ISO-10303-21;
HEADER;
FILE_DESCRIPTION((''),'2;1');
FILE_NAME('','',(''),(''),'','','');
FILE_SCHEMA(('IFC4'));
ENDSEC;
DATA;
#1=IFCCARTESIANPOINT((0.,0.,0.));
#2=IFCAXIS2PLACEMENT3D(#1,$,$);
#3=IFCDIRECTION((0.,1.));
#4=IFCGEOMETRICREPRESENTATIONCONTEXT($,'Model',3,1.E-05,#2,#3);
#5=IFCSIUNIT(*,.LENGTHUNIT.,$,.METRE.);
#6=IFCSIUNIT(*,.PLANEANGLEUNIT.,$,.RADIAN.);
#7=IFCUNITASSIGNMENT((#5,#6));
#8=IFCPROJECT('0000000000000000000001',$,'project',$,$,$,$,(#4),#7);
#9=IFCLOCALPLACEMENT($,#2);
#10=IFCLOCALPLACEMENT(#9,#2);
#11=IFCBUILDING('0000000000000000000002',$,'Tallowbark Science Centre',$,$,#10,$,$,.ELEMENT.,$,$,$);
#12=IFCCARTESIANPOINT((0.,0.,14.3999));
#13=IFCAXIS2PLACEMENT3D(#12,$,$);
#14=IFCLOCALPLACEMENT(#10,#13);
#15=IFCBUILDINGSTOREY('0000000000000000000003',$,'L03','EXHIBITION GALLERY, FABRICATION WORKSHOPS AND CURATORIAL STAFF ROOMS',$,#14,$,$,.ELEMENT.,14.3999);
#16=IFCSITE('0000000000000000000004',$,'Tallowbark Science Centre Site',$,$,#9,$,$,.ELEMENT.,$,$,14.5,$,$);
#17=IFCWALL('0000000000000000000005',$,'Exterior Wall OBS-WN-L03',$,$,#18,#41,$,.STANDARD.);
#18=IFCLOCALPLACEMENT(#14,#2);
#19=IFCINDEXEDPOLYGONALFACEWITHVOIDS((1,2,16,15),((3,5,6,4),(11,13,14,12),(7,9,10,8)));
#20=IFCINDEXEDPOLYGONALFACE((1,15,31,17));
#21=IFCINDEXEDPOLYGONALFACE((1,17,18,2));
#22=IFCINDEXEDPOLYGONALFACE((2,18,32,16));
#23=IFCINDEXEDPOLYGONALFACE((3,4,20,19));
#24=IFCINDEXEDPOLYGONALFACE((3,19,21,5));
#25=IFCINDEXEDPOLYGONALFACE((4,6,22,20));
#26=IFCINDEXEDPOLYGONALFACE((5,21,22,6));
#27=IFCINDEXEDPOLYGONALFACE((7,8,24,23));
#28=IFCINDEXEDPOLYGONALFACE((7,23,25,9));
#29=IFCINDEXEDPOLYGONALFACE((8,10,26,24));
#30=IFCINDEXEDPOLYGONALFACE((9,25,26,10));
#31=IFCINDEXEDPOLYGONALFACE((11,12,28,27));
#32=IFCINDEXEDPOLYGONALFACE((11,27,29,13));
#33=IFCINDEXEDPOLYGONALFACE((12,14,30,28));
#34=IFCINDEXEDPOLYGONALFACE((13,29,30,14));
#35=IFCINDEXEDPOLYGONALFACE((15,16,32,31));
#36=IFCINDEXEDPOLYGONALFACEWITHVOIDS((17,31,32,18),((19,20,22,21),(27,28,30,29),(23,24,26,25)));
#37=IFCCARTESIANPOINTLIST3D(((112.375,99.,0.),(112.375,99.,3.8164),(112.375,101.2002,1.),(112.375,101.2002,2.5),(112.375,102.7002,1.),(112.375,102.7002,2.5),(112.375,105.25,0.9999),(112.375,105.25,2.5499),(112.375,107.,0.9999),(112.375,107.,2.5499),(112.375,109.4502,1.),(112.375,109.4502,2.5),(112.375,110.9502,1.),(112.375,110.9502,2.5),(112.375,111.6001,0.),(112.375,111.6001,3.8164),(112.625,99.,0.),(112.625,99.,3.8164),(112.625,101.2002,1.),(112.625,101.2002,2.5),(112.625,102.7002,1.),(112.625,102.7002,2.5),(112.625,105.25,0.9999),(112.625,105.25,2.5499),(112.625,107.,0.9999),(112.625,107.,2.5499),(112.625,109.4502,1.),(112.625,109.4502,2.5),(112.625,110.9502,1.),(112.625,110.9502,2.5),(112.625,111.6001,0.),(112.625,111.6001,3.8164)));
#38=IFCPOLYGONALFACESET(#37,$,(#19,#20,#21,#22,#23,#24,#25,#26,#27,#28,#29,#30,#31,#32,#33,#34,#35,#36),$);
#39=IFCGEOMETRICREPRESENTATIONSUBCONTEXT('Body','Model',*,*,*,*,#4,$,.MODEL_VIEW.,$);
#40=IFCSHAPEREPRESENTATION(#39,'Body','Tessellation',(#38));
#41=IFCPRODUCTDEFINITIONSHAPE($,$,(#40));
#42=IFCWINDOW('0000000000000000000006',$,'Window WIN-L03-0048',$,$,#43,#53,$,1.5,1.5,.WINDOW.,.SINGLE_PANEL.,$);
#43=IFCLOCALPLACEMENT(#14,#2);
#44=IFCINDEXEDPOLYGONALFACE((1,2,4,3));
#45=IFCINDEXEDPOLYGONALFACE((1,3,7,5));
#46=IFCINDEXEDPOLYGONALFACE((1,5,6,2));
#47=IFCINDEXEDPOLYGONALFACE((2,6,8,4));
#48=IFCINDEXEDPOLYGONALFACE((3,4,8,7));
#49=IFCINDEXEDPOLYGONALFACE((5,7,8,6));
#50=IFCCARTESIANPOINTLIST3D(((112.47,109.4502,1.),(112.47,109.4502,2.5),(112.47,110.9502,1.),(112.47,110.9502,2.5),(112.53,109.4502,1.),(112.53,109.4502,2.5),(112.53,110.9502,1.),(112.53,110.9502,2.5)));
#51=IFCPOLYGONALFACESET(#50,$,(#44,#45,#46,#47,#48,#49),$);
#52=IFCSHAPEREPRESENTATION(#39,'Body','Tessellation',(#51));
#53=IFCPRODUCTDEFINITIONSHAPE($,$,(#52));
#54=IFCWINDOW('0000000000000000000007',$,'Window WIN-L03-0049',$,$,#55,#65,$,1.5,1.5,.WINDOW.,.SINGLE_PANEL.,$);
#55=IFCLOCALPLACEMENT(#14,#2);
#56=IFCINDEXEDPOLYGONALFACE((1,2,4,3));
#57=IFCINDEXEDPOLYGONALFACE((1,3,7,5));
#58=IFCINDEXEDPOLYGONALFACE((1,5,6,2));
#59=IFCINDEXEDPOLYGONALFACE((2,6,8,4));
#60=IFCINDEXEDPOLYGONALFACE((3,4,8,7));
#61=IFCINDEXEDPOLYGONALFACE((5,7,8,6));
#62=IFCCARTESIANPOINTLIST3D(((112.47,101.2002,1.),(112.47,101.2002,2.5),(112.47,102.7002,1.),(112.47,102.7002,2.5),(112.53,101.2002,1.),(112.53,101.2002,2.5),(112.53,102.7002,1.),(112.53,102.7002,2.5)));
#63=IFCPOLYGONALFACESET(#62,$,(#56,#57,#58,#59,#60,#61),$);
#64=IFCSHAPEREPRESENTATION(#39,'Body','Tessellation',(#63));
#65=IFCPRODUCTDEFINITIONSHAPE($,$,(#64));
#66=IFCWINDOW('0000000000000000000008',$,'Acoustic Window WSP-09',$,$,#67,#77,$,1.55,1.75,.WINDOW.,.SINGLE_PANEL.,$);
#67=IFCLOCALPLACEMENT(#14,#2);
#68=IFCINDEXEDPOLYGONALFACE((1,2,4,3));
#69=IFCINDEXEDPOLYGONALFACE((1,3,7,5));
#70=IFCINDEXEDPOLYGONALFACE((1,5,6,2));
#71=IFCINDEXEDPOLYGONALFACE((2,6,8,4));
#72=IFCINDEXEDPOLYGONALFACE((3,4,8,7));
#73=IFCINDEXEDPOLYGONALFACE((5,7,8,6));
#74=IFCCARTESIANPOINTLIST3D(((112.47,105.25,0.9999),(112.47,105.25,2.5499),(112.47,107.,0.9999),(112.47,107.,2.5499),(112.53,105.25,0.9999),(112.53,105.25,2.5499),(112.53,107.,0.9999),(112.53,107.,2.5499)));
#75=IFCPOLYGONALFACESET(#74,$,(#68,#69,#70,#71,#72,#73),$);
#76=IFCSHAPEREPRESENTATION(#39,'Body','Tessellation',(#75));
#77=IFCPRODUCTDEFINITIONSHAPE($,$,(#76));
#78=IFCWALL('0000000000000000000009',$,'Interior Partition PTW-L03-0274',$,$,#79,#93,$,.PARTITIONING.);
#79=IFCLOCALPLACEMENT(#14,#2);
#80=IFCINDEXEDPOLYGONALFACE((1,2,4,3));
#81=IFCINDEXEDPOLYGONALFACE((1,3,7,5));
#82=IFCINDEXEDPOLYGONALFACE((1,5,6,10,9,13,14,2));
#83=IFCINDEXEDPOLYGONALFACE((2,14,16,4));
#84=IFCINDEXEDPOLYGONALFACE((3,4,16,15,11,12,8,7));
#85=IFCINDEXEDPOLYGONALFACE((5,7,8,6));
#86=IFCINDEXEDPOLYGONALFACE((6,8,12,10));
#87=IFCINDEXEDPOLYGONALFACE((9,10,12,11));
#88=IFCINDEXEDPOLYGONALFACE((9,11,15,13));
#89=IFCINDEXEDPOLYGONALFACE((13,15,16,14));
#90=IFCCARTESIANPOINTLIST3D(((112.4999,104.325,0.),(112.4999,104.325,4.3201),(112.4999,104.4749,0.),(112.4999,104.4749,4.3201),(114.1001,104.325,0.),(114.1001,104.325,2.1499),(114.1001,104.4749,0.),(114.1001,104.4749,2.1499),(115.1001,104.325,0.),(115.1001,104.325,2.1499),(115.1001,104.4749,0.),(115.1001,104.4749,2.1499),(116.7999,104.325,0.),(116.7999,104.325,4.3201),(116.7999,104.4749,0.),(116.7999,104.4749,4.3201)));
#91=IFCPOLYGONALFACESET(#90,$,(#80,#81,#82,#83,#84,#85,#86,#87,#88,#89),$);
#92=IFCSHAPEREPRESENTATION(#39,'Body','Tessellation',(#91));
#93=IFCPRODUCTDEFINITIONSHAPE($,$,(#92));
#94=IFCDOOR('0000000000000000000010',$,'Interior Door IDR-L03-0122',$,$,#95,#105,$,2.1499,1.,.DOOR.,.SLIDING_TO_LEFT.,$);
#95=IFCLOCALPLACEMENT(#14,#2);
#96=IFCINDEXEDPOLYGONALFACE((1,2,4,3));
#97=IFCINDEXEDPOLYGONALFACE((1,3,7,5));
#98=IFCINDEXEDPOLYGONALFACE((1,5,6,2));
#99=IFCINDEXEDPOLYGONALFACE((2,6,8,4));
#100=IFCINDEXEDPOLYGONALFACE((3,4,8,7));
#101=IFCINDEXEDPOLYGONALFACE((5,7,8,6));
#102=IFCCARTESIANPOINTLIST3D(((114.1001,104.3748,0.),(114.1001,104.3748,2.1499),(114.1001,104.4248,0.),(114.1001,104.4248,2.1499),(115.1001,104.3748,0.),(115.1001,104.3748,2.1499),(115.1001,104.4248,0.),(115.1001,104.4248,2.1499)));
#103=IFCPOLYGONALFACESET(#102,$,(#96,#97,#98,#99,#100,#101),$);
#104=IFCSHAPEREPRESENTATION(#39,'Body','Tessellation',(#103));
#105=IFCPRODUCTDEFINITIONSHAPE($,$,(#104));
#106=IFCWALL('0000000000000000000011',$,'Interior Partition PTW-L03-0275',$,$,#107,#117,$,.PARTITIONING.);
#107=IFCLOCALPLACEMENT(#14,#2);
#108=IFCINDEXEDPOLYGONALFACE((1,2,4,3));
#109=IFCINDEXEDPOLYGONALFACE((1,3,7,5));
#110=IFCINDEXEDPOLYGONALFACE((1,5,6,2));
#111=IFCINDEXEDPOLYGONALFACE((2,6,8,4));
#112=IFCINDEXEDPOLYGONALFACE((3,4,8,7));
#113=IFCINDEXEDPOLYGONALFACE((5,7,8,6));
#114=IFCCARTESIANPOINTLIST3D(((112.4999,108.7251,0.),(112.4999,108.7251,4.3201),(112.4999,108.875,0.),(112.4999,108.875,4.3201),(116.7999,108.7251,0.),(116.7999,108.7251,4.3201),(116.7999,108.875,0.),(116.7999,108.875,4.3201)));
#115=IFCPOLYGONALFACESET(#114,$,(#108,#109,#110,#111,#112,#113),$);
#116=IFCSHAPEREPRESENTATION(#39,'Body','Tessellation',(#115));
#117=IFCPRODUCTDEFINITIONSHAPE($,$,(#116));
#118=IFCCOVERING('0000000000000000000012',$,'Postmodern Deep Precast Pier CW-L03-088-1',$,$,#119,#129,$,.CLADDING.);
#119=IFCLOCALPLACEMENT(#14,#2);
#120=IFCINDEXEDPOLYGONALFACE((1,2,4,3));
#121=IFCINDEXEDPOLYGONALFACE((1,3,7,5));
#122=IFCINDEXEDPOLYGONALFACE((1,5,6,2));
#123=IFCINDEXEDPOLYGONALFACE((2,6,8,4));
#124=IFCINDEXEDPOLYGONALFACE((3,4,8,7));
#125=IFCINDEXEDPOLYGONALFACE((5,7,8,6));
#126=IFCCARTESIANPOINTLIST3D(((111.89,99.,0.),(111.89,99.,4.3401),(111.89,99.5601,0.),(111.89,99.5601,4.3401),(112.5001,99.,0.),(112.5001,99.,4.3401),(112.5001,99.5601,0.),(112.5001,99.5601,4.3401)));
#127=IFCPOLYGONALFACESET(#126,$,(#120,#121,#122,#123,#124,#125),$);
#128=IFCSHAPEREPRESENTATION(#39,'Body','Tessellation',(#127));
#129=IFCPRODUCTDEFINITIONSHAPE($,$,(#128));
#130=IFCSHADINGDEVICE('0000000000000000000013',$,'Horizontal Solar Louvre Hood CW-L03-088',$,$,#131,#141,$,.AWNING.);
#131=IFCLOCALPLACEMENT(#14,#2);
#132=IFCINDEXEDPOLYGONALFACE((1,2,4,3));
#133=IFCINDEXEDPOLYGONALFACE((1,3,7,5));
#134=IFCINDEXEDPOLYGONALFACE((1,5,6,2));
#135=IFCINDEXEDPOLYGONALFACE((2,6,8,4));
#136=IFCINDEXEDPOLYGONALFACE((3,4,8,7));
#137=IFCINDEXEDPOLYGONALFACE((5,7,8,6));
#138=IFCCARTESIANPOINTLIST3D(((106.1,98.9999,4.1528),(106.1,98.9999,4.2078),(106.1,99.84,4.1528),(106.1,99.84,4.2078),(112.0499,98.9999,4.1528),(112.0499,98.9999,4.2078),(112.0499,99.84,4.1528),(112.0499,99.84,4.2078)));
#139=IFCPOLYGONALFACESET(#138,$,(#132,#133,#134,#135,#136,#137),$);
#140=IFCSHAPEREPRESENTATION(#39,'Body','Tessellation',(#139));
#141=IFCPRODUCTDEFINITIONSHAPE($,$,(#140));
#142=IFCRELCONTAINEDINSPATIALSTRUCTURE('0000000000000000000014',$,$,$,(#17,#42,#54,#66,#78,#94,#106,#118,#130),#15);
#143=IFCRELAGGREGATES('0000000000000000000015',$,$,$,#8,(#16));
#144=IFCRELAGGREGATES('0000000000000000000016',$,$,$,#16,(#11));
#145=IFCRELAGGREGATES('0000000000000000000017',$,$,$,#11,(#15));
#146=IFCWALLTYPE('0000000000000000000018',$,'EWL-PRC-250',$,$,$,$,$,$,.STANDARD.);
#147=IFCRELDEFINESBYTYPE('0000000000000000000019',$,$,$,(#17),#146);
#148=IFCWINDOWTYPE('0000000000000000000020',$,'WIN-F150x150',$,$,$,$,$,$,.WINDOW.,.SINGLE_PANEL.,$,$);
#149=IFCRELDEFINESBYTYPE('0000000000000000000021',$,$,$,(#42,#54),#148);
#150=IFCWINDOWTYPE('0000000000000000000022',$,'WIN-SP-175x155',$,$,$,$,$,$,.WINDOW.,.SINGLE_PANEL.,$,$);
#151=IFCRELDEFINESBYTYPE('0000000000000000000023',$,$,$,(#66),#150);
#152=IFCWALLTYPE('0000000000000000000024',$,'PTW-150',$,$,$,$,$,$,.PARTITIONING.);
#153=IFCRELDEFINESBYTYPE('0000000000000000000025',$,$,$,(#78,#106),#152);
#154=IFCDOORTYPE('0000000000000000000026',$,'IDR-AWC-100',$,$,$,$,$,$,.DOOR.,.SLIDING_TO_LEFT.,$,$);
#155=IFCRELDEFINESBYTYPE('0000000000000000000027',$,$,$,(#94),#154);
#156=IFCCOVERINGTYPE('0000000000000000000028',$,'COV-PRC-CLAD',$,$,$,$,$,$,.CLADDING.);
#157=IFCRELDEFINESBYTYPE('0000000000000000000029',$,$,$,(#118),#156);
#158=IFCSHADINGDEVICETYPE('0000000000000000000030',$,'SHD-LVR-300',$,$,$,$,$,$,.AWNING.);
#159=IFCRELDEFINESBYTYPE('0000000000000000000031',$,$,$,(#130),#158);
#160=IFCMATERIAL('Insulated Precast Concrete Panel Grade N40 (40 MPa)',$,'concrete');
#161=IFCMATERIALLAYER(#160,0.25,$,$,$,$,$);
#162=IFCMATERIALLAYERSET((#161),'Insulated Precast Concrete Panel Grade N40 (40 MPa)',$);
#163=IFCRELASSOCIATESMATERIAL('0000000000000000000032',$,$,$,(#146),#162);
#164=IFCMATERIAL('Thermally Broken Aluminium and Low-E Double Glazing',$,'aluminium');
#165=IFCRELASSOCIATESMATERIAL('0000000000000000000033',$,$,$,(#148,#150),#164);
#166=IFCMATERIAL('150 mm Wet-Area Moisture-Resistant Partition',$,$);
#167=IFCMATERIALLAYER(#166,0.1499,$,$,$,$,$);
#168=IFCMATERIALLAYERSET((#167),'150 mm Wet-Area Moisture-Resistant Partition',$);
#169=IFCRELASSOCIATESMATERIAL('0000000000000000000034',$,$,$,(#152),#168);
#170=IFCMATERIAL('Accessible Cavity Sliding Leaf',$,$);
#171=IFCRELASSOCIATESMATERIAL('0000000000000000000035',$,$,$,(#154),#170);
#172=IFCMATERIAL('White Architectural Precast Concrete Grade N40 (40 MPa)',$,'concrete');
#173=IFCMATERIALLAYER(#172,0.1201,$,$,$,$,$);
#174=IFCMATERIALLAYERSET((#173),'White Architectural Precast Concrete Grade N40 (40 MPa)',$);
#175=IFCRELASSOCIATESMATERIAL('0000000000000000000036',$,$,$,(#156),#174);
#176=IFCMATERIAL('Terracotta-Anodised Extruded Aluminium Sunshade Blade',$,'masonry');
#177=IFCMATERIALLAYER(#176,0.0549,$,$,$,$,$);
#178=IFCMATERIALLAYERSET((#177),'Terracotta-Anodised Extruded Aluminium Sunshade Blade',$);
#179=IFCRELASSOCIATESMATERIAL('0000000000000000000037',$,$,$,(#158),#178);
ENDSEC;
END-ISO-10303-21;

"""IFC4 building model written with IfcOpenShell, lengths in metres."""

from ifc_helpers import new_model, si_unit, direction, frame, frame_2d, origin, origin_2d, place, context, subcontext, project, spatial, rectangle, extrude, material, layer, layer_set, type_object, element, fill, save


model = new_model("IFC4")

# Units and contexts
model_context = context("Model", 3, precision=1e-05, world=origin(), true_north=direction((0.0, 1.0)))
body_context = subcontext(model_context, "Body", "Model", "MODEL_VIEW")
ifc_project = project(units=[si_unit("LENGTHUNIT", "METRE"), si_unit("PLANEANGLEUNIT", "RADIAN")], contexts=[model_context])

# Site, building, storey
site_placement = place(None, origin())
site = spatial("IfcSite", under=ifc_project, at=site_placement, Name="Tallowbark Science Centre Site", CompositionType="ELEMENT", RefElevation=14.5)
building_placement = place(site_placement, origin())
building = spatial("IfcBuilding", under=site, at=building_placement, Name="Tallowbark Science Centre", CompositionType="ELEMENT")
storey_placement = place(building_placement, frame((0.0, 0.0, 14.3999)))
storey = spatial("IfcBuildingStorey", under=building, at=storey_placement, Name="L03", Description="EXHIBITION GALLERY, FABRICATION WORKSHOPS AND CURATORIAL STAFF ROOMS", CompositionType="ELEMENT", Elevation=14.3999)

# Wall, openings, windows
ifc_material_1 = material(Name="Insulated Precast Concrete Panel Grade N40 (40 MPa)", Category="concrete")
ifc_layer_1 = layer(ifc_material_1, 0.25)
ifc_layer_set_1 = layer_set([ifc_layer_1], Name="Insulated Precast Concrete Panel Grade N40 (40 MPa)")
wall_type_1 = type_object("IfcWallType", Name="EWL-PRC-250", PredefinedType="STANDARD", material=ifc_layer_set_1)
wall_1_placement = place(storey_placement, frame((112.5, 111.6001, 0.0), z_axis=(0.0, 0.0, 1.0), x_axis=(0.0, -1.0, 0.0)))
wall_1 = element("IfcWall", 1, at=wall_1_placement, inside=storey, type_object=wall_type_1, Name="Exterior Wall OBS-WN-L03", PredefinedType="STANDARD", context=body_context, shape_type="SweptSolid", body=[
    extrude(rectangle(XDim=12.6001, YDim=0.25, at=frame_2d((6.3, 0.0))), origin(), (0.0, 0.0, 1.0), 3.8164),
])
opening_1_placement = place(wall_1_placement, frame((0.6499, 0.0, 1.0)))
opening_1 = element("IfcOpeningElement", 2, at=opening_1_placement, cuts=wall_1, PredefinedType="OPENING", context=body_context, shape_type="SweptSolid", body=[
    extrude(rectangle(XDim=1.5, YDim=1.5, at=frame_2d((0.75, 0.75))), frame((0.0, 0.135, 0.0), z_axis=(0.0, -1.0, 0.0), x_axis=(1.0, 0.0, 0.0)), (0.0, 0.0, 1.0), 0.27),
])
opening_2_placement = place(wall_1_placement, frame((8.8999, 0.0, 1.0)))
opening_2 = element("IfcOpeningElement", 3, at=opening_2_placement, cuts=wall_1, PredefinedType="OPENING", context=body_context, shape_type="SweptSolid", body=[
    extrude(rectangle(XDim=1.5, YDim=1.5, at=frame_2d((0.75, 0.75))), frame((0.0, 0.135, 0.0), z_axis=(0.0, -1.0, 0.0), x_axis=(1.0, 0.0, 0.0)), (0.0, 0.0, 1.0), 0.27),
])
opening_3_placement = place(wall_1_placement, frame((4.6001, 0.0, 1.0)))
opening_3 = element("IfcOpeningElement", 4, at=opening_3_placement, cuts=wall_1, PredefinedType="OPENING", context=body_context, shape_type="SweptSolid", body=[
    extrude(rectangle(XDim=1.75, YDim=1.55, at=frame_2d((0.875, 0.7749))), frame((0.0, 0.135, 0.0), z_axis=(0.0, -1.0, 0.0), x_axis=(1.0, 0.0, 0.0)), (0.0, 0.0, 1.0), 0.27),
])
ifc_material_2 = material(Name="Thermally Broken Aluminium and Low-E Double Glazing", Category="aluminium")
window_type_1 = type_object("IfcWindowType", Name="WIN-F150x150", PartitioningType="SINGLE_PANEL", PredefinedType="WINDOW", material=ifc_material_2)
window_1_placement = place(opening_1_placement, origin())
window_1 = element("IfcWindow", 5, at=window_1_placement, inside=storey, type_object=window_type_1, Name="Window WIN-L03-0048", OverallHeight=1.5, OverallWidth=1.5, PartitioningType="SINGLE_PANEL", PredefinedType="WINDOW", context=body_context, shape_type="SweptSolid", body=[
    extrude(rectangle(XDim=1.5, YDim=1.5, at=frame_2d((0.75, 0.75))), frame((0.0, 0.03, 0.0), z_axis=(0.0, -1.0, 0.0), x_axis=(1.0, 0.0, 0.0)), (0.0, 0.0, 1.0), 0.0601),
])
fill(opening_1, window_1)
window_2_placement = place(opening_2_placement, origin())
window_2 = element("IfcWindow", 6, at=window_2_placement, inside=storey, type_object=window_type_1, Name="Window WIN-L03-0049", OverallHeight=1.5, OverallWidth=1.5, PartitioningType="SINGLE_PANEL", PredefinedType="WINDOW", context=body_context, shape_type="SweptSolid", body=[
    extrude(rectangle(XDim=1.5, YDim=1.5, at=frame_2d((0.75, 0.75))), frame((0.0, 0.03, 0.0), z_axis=(0.0, -1.0, 0.0), x_axis=(1.0, 0.0, 0.0)), (0.0, 0.0, 1.0), 0.0601),
])
fill(opening_2, window_2)
window_type_2 = type_object("IfcWindowType", Name="WIN-SP-175x155", PartitioningType="SINGLE_PANEL", PredefinedType="WINDOW", material=ifc_material_2)
window_3_placement = place(opening_3_placement, origin())
window_3 = element("IfcWindow", 7, at=window_3_placement, inside=storey, type_object=window_type_2, Name="Acoustic Window WSP-09", OverallHeight=1.55, OverallWidth=1.75, PartitioningType="SINGLE_PANEL", PredefinedType="WINDOW", context=body_context, shape_type="SweptSolid", body=[
    extrude(rectangle(XDim=1.75, YDim=1.55, at=frame_2d((0.875, 0.7749))), frame((0.0, 0.03, 0.0), z_axis=(0.0, -1.0, 0.0), x_axis=(1.0, 0.0, 0.0)), (0.0, 0.0, 1.0), 0.0601),
])
fill(opening_3, window_3)

# Wall, opening, door
ifc_material_3 = material(Name="150 mm Wet-Area Moisture-Resistant Partition")
ifc_layer_2 = layer(ifc_material_3, 0.1499)
ifc_layer_set_2 = layer_set([ifc_layer_2], Name="150 mm Wet-Area Moisture-Resistant Partition")
wall_type_2 = type_object("IfcWallType", Name="PTW-150", PredefinedType="PARTITIONING", material=ifc_layer_set_2)
wall_2_placement = place(storey_placement, frame((112.5, 104.3999, 0.0), z_axis=(0.0, 0.0, 1.0), x_axis=(1.0, 0.0, 0.0)))
wall_2 = element("IfcWall", 8, at=wall_2_placement, inside=storey, type_object=wall_type_2, Name="Interior Partition PTW-L03-0274", PredefinedType="PARTITIONING", context=body_context, shape_type="SweptSolid", body=[
    extrude(rectangle(XDim=4.3, YDim=0.1499, at=frame_2d((2.1499, 0.0))), origin(), (0.0, 0.0, 1.0), 4.3201),
])
opening_4_placement = place(wall_2_placement, frame((1.6001, 0.0, 0.0)))
opening_4 = element("IfcOpeningElement", 9, at=opening_4_placement, cuts=wall_2, PredefinedType="OPENING", context=body_context, shape_type="SweptSolid", body=[
    extrude(rectangle(XDim=1.0, YDim=2.1499, at=frame_2d((0.5, 1.075))), frame((0.0, 0.085, 0.0), z_axis=(0.0, -1.0, 0.0), x_axis=(1.0, 0.0, 0.0)), (0.0, 0.0, 1.0), 0.1699),
])
ifc_material_4 = material(Name="Accessible Cavity Sliding Leaf")
door_type = type_object("IfcDoorType", Name="IDR-AWC-100", OperationType="SLIDING_TO_LEFT", PredefinedType="DOOR", material=ifc_material_4)
door_placement = place(opening_4_placement, origin())
door = element("IfcDoor", 10, at=door_placement, inside=storey, type_object=door_type, Name="Interior Door IDR-L03-0122", OperationType="SLIDING_TO_LEFT", OverallHeight=2.1499, OverallWidth=1.0, PredefinedType="DOOR", context=body_context, shape_type="SweptSolid", body=[
    extrude(rectangle(XDim=1.0, YDim=2.1499, at=frame_2d((0.5, 1.075))), frame((0.0, 0.0249, 0.0), z_axis=(0.0, -1.0, 0.0), x_axis=(1.0, 0.0, 0.0)), (0.0, 0.0, 1.0), 0.05),
])
fill(opening_4, door)

# Wall
wall_3_placement = place(storey_placement, frame((112.5, 108.8, 0.0), z_axis=(0.0, 0.0, 1.0), x_axis=(1.0, 0.0, 0.0)))
element("IfcWall", 11, at=wall_3_placement, inside=storey, type_object=wall_type_2, Name="Interior Partition PTW-L03-0275", PredefinedType="PARTITIONING", context=body_context, shape_type="SweptSolid", body=[
    extrude(rectangle(XDim=4.3, YDim=0.1499, at=frame_2d((2.1499, 0.0))), origin(), (0.0, 0.0, 1.0), 4.3201),
])

# Covering
ifc_material_5 = material(Name="White Architectural Precast Concrete Grade N40 (40 MPa)", Category="concrete")
ifc_layer_3 = layer(ifc_material_5, 0.1201)
ifc_layer_set_3 = layer_set([ifc_layer_3], Name="White Architectural Precast Concrete Grade N40 (40 MPa)")
covering_type = type_object("IfcCoveringType", Name="COV-PRC-CLAD", PredefinedType="CLADDING", material=ifc_layer_set_3)
covering_placement = place(storey_placement, frame((112.1951, 99.28, 0.0), z_axis=(0.0, 0.0, 1.0), x_axis=(-1.0, 0.0, 0.0)))
element("IfcCovering", 12, at=covering_placement, inside=storey, type_object=covering_type, Name="Postmodern Deep Precast Pier CW-L03-088-1", PredefinedType="CLADDING", context=body_context, shape_type="SweptSolid", body=[
    extrude(rectangle(XDim=0.6101, YDim=0.5601, at=origin_2d()), origin(), (0.0, 0.0, 1.0), 4.3401),
])

# Shading device
ifc_material_6 = material(Name="Terracotta-Anodised Extruded Aluminium Sunshade Blade", Category="masonry")
ifc_layer_4 = layer(ifc_material_6, 0.0549)
ifc_layer_set_4 = layer_set([ifc_layer_4], Name="Terracotta-Anodised Extruded Aluminium Sunshade Blade")
shading_device_type = type_object("IfcShadingDeviceType", Name="SHD-LVR-300", PredefinedType="AWNING", material=ifc_layer_set_4)
shading_device_placement = place(storey_placement, frame((109.075, 99.4199, 4.1528), z_axis=(0.0, 0.0, 1.0), x_axis=(-1.0, 0.0, 0.0)))
element("IfcShadingDevice", 13, at=shading_device_placement, inside=storey, type_object=shading_device_type, Name="Horizontal Solar Louvre Hood CW-L03-088", PredefinedType="AWNING", context=body_context, shape_type="SweptSolid", body=[
    extrude(rectangle(XDim=5.95, YDim=0.8401, at=origin_2d()), origin(), (0.0, 0.0, 1.0), 0.0549),
])

save(model, "model.ifc")
